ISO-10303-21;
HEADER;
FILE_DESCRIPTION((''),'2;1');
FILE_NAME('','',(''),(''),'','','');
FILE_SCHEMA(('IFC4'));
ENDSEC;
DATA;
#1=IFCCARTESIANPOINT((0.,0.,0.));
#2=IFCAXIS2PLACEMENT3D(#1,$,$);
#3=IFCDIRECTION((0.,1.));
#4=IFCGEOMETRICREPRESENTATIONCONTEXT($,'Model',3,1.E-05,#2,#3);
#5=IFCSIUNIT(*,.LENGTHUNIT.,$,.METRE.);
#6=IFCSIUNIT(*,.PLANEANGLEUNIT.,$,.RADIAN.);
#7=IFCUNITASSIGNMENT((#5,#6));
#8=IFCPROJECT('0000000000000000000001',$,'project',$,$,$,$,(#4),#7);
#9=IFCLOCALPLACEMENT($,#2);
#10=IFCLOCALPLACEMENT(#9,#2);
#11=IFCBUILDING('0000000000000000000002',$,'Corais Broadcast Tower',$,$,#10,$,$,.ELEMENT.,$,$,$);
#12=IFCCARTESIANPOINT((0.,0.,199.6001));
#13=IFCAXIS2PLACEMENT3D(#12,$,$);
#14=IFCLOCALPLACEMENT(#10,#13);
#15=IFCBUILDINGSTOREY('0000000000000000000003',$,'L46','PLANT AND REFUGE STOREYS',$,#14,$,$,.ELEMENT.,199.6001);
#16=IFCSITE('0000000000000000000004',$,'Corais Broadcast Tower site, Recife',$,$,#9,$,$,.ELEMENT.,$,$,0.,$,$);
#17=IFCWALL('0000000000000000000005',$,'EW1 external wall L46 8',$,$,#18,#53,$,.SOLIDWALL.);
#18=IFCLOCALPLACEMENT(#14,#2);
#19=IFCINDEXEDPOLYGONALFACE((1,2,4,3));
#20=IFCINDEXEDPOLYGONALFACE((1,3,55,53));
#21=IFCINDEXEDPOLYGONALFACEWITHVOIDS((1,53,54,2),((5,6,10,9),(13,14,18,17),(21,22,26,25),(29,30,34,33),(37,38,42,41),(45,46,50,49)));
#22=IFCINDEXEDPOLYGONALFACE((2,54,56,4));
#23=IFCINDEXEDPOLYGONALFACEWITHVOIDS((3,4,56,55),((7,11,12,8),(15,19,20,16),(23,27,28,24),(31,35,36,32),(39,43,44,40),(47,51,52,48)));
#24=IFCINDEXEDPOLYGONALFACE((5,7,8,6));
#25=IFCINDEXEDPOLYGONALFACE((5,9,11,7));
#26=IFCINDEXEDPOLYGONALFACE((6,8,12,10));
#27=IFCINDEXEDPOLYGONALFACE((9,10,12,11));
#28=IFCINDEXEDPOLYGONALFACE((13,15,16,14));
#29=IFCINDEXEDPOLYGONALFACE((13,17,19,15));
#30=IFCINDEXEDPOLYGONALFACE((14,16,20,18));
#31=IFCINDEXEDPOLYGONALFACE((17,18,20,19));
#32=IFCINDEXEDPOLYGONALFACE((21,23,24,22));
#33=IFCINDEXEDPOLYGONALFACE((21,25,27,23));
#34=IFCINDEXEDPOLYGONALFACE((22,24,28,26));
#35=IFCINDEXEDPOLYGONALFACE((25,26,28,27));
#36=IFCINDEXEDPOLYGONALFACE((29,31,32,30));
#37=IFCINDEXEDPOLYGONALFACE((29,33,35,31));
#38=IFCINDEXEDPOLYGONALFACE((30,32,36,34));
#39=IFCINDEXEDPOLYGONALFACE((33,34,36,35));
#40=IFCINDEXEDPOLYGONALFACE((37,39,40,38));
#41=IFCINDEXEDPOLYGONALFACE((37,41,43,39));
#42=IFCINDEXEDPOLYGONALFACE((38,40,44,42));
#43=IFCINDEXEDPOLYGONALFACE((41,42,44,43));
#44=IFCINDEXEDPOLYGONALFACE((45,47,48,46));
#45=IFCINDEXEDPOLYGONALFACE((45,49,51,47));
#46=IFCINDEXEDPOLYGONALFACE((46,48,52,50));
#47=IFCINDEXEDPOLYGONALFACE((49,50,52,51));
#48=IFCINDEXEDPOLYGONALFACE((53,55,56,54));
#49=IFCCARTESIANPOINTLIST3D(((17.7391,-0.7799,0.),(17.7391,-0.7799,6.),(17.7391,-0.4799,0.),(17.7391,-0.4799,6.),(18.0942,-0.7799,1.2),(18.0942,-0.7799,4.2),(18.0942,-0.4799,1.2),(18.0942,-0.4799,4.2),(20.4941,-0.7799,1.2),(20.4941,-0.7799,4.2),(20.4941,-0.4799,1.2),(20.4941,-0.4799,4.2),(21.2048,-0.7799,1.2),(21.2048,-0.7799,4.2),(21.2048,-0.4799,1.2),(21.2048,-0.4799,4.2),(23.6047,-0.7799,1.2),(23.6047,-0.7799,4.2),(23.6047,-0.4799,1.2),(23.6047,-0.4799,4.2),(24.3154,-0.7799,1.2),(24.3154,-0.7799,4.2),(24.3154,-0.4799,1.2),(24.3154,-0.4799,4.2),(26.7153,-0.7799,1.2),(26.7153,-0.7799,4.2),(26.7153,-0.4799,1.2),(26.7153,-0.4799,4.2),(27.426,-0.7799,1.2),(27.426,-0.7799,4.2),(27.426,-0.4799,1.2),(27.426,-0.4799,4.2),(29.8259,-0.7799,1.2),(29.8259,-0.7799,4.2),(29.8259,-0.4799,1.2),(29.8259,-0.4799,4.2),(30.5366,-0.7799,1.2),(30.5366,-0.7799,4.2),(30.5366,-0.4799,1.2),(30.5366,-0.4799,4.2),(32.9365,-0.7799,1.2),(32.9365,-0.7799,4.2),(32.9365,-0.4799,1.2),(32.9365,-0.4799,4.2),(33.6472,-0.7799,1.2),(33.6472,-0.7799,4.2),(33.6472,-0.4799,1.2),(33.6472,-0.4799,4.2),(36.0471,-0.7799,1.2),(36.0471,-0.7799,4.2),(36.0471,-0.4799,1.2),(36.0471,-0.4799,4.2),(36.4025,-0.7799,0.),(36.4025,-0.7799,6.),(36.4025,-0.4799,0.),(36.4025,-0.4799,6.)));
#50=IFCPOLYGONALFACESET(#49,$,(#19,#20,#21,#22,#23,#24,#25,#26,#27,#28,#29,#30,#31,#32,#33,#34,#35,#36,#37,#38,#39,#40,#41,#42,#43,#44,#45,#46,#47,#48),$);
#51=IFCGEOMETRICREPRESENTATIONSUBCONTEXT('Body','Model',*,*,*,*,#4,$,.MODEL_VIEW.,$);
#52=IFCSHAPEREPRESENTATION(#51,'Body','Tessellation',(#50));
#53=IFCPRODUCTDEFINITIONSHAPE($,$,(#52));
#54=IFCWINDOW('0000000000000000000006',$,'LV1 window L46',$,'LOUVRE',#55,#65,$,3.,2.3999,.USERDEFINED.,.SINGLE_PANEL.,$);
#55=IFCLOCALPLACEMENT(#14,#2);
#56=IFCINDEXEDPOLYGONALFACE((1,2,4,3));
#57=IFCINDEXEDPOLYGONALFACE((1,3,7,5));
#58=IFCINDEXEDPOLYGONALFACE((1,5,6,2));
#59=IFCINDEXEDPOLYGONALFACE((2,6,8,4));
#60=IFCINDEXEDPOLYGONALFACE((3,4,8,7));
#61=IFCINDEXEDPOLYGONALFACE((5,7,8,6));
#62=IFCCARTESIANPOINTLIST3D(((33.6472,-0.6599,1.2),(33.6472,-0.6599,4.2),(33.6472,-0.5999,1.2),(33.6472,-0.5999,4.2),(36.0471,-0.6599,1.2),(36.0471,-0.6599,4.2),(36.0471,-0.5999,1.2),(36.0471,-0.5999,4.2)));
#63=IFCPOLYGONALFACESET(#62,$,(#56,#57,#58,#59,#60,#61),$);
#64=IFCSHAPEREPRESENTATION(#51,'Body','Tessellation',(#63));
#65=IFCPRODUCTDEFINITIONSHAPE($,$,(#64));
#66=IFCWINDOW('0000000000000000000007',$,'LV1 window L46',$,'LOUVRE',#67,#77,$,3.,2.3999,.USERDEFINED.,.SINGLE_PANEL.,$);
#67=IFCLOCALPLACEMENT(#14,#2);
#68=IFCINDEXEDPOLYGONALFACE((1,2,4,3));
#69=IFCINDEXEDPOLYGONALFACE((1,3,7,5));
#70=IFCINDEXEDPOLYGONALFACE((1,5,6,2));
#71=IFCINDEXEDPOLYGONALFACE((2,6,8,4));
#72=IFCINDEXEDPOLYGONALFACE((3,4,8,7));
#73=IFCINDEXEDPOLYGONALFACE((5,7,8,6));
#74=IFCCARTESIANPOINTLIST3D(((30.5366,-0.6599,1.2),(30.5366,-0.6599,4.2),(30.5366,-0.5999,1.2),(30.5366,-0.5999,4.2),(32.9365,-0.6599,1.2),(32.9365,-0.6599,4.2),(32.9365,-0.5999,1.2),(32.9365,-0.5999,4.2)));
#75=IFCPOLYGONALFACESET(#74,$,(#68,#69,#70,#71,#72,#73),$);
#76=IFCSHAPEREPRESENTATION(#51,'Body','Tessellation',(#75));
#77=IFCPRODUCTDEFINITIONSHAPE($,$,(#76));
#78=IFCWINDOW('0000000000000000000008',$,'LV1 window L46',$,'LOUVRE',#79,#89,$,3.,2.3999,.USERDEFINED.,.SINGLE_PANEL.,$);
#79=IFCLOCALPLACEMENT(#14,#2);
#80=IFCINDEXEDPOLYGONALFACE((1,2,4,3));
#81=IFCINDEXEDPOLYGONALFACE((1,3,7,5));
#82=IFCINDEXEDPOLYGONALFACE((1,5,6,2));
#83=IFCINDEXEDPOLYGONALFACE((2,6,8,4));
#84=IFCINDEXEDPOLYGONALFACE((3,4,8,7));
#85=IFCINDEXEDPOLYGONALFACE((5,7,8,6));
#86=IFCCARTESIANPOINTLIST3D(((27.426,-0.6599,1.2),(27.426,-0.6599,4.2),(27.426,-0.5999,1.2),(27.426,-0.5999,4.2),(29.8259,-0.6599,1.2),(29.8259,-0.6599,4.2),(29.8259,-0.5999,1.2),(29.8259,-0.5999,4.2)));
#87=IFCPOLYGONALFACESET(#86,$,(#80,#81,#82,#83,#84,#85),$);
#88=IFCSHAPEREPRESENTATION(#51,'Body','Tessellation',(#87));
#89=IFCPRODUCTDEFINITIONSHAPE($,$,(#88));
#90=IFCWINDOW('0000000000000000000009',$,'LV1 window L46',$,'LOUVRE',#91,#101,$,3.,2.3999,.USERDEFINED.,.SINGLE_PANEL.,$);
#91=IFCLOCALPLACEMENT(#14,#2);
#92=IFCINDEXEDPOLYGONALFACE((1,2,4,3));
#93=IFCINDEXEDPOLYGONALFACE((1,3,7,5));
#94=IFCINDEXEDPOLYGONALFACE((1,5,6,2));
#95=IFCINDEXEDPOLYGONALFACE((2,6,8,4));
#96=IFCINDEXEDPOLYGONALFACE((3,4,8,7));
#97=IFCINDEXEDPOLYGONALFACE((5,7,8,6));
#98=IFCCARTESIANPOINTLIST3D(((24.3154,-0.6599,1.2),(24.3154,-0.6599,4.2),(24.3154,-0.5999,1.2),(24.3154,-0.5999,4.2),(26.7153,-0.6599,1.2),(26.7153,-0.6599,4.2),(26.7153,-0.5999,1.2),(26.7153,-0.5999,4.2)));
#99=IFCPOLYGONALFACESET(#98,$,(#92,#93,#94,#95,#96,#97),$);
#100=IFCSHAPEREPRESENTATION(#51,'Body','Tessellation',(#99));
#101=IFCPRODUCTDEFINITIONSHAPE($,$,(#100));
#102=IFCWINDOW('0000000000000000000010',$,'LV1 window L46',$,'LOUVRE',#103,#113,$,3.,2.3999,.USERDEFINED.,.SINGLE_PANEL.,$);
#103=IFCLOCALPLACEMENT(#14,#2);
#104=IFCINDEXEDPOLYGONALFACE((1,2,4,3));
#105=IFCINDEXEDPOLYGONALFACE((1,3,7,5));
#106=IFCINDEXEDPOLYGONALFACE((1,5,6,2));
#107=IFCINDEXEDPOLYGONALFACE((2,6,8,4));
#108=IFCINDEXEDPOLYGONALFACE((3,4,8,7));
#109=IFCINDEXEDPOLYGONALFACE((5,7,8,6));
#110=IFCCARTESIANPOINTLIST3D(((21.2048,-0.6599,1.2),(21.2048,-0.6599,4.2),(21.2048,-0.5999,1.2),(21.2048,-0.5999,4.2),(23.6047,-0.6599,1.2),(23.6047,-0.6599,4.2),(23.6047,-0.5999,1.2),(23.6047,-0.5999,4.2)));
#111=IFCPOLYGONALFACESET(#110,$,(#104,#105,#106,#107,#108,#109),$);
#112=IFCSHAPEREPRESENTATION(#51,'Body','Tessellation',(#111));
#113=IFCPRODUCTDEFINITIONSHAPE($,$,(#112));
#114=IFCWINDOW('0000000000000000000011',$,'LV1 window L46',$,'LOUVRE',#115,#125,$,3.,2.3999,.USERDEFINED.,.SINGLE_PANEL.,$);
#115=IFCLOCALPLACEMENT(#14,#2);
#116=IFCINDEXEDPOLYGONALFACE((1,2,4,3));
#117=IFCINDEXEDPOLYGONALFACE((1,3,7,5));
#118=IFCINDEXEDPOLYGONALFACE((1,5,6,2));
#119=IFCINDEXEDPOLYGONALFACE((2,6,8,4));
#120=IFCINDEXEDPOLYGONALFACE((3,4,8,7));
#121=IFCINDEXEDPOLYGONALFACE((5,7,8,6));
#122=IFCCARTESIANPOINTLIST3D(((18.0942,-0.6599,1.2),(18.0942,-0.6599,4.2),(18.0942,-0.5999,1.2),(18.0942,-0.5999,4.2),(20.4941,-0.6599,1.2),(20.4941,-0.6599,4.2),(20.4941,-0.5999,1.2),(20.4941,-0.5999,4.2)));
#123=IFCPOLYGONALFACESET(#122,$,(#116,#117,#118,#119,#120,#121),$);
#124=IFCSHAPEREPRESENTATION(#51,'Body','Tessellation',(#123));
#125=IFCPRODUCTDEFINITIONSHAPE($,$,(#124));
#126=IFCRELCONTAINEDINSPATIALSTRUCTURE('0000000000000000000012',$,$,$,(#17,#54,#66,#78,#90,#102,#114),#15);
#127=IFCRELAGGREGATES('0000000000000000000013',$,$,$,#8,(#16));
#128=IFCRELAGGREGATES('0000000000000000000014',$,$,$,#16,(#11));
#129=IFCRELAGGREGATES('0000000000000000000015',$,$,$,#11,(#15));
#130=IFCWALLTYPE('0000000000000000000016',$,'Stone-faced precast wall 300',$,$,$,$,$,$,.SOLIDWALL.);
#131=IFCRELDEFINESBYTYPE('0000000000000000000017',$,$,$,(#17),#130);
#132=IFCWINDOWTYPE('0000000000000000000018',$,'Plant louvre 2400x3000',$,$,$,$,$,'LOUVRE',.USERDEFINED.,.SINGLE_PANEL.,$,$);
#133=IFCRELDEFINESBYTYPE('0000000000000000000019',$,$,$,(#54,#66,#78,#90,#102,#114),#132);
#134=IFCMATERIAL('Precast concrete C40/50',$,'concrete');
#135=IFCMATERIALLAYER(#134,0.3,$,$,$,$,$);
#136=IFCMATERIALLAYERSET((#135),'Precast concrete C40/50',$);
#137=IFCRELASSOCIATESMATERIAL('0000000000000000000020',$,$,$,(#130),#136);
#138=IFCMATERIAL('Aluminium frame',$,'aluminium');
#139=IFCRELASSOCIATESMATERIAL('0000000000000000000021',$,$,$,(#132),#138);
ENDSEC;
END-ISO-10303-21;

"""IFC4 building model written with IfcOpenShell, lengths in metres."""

from ifc_helpers import new_model, si_unit, direction, frame, frame_2d, origin, place, context, subcontext, project, spatial, rectangle, extrude, material, layer, layer_set, type_object, element, fill, save


model = new_model("IFC4")

# Units and contexts
model_context = context("Model", 3, precision=1e-05, world=origin(), true_north=direction((0.0, 1.0)))
body_context = subcontext(model_context, "Body", "Model", "MODEL_VIEW")
ifc_project = project(units=[si_unit("LENGTHUNIT", "METRE"), si_unit("PLANEANGLEUNIT", "RADIAN")], contexts=[model_context])

# Site, building, storey
site_placement = place(None, origin())
site = spatial("IfcSite", under=ifc_project, at=site_placement, Name="Corais Broadcast Tower site, Recife", CompositionType="ELEMENT", RefElevation=0.0)
building_placement = place(site_placement, origin())
building = spatial("IfcBuilding", under=site, at=building_placement, Name="Corais Broadcast Tower", CompositionType="ELEMENT")
storey_placement = place(building_placement, frame((0.0, 0.0, 199.6001)))
storey = spatial("IfcBuildingStorey", under=building, at=storey_placement, Name="L46", Description="PLANT AND REFUGE STOREYS", CompositionType="ELEMENT", Elevation=199.6001)

# Wall, openings, windows
ifc_material_1 = material(Name="Precast concrete C40/50", Category="concrete")
ifc_layer_1 = layer(ifc_material_1, 0.3)
ifc_layer_set_1 = layer_set([ifc_layer_1], Name="Precast concrete C40/50")
wall_type_1 = type_object("IfcWallType", Name="Stone-faced precast wall 300", PredefinedType="SOLIDWALL", material=ifc_layer_set_1)
wall_1_placement = place(storey_placement, frame((36.4023, -0.6299, 0.0), z_axis=(0.0, 0.0, 1.0), x_axis=(-1.0, 0.0, 0.0)))
wall_1 = element("IfcWall", 1, at=wall_1_placement, inside=storey, type_object=wall_type_1, Name="EW1 external wall L46 8", PredefinedType="SOLIDWALL", context=body_context, shape_type="SweptSolid", body=[
    extrude(rectangle(XDim=18.6633, YDim=0.3, at=frame_2d((9.3315, 0.0))), origin(), (0.0, 0.0, 1.0), 6.0),
])
opening_1_placement = place(wall_1_placement, frame((0.3552, 0.0, 1.2)))
opening_1 = element("IfcOpeningElement", 2, at=opening_1_placement, cuts=wall_1, PredefinedType="OPENING", context=body_context, shape_type="SweptSolid", body=[
    extrude(rectangle(XDim=2.3999, YDim=3.0, at=frame_2d((1.2, 1.5))), frame((0.0, 0.1599, 0.0), z_axis=(0.0, -1.0, 0.0), x_axis=(1.0, 0.0, 0.0)), (0.0, 0.0, 1.0), 0.3201),
])
opening_2_placement = place(wall_1_placement, frame((3.4658, 0.0, 1.2)))
opening_2 = element("IfcOpeningElement", 3, at=opening_2_placement, cuts=wall_1, PredefinedType="OPENING", context=body_context, shape_type="SweptSolid", body=[
    extrude(rectangle(XDim=2.3999, YDim=3.0, at=frame_2d((1.2, 1.5))), frame((0.0, 0.1599, 0.0), z_axis=(0.0, -1.0, 0.0), x_axis=(1.0, 0.0, 0.0)), (0.0, 0.0, 1.0), 0.3201),
])
opening_3_placement = place(wall_1_placement, frame((6.5764, 0.0, 1.2)))
opening_3 = element("IfcOpeningElement", 4, at=opening_3_placement, cuts=wall_1, PredefinedType="OPENING", context=body_context, shape_type="SweptSolid", body=[
    extrude(rectangle(XDim=2.3999, YDim=3.0, at=frame_2d((1.2, 1.5))), frame((0.0, 0.1599, 0.0), z_axis=(0.0, -1.0, 0.0), x_axis=(1.0, 0.0, 0.0)), (0.0, 0.0, 1.0), 0.3201),
])
opening_4_placement = place(wall_1_placement, frame((9.687, 0.0, 1.2)))
opening_4 = element("IfcOpeningElement", 5, at=opening_4_placement, cuts=wall_1, PredefinedType="OPENING", context=body_context, shape_type="SweptSolid", body=[
    extrude(rectangle(XDim=2.3999, YDim=3.0, at=frame_2d((1.2, 1.5))), frame((0.0, 0.1599, 0.0), z_axis=(0.0, -1.0, 0.0), x_axis=(1.0, 0.0, 0.0)), (0.0, 0.0, 1.0), 0.3201),
])
opening_5_placement = place(wall_1_placement, frame((12.7976, 0.0, 1.2)))
opening_5 = element("IfcOpeningElement", 6, at=opening_5_placement, cuts=wall_1, PredefinedType="OPENING", context=body_context, shape_type="SweptSolid", body=[
    extrude(rectangle(XDim=2.3999, YDim=3.0, at=frame_2d((1.2, 1.5))), frame((0.0, 0.1599, 0.0), z_axis=(0.0, -1.0, 0.0), x_axis=(1.0, 0.0, 0.0)), (0.0, 0.0, 1.0), 0.3201),
])
opening_6_placement = place(wall_1_placement, frame((15.9082, 0.0, 1.2)))
opening_6 = element("IfcOpeningElement", 7, at=opening_6_placement, cuts=wall_1, PredefinedType="OPENING", context=body_context, shape_type="SweptSolid", body=[
    extrude(rectangle(XDim=2.3999, YDim=3.0, at=frame_2d((1.2, 1.5))), frame((0.0, 0.1599, 0.0), z_axis=(0.0, -1.0, 0.0), x_axis=(1.0, 0.0, 0.0)), (0.0, 0.0, 1.0), 0.3201),
])
ifc_material_2 = material(Name="Aluminium frame", Category="aluminium")
window_type = type_object("IfcWindowType", Name="Plant louvre 2400x3000", ElementType="LOUVRE", PartitioningType="SINGLE_PANEL", PredefinedType="USERDEFINED", material=ifc_material_2)
window_1_placement = place(opening_1_placement, origin())
window_1 = element("IfcWindow", 8, at=window_1_placement, inside=storey, type_object=window_type, Name="LV1 window L46", ObjectType="LOUVRE", OverallHeight=3.0, OverallWidth=2.3999, PartitioningType="SINGLE_PANEL", PredefinedType="USERDEFINED", context=body_context, shape_type="SweptSolid", body=[
    extrude(rectangle(XDim=2.3999, YDim=3.0, at=frame_2d((1.2, 1.5))), frame((0.0, 0.03, 0.0), z_axis=(0.0, -1.0, 0.0), x_axis=(1.0, 0.0, 0.0)), (0.0, 0.0, 1.0), 0.0601),
])
fill(opening_1, window_1)
window_2_placement = place(opening_2_placement, origin())
window_2 = element("IfcWindow", 9, at=window_2_placement, inside=storey, type_object=window_type, Name="LV1 window L46", ObjectType="LOUVRE", OverallHeight=3.0, OverallWidth=2.3999, PartitioningType="SINGLE_PANEL", PredefinedType="USERDEFINED", context=body_context, shape_type="SweptSolid", body=[
    extrude(rectangle(XDim=2.3999, YDim=3.0, at=frame_2d((1.2, 1.5))), frame((0.0, 0.03, 0.0), z_axis=(0.0, -1.0, 0.0), x_axis=(1.0, 0.0, 0.0)), (0.0, 0.0, 1.0), 0.0601),
])
fill(opening_2, window_2)
window_3_placement = place(opening_3_placement, origin())
window_3 = element("IfcWindow", 10, at=window_3_placement, inside=storey, type_object=window_type, Name="LV1 window L46", ObjectType="LOUVRE", OverallHeight=3.0, OverallWidth=2.3999, PartitioningType="SINGLE_PANEL", PredefinedType="USERDEFINED", context=body_context, shape_type="SweptSolid", body=[
    extrude(rectangle(XDim=2.3999, YDim=3.0, at=frame_2d((1.2, 1.5))), frame((0.0, 0.03, 0.0), z_axis=(0.0, -1.0, 0.0), x_axis=(1.0, 0.0, 0.0)), (0.0, 0.0, 1.0), 0.0601),
])
fill(opening_3, window_3)
window_4_placement = place(opening_4_placement, origin())
window_4 = element("IfcWindow", 11, at=window_4_placement, inside=storey, type_object=window_type, Name="LV1 window L46", ObjectType="LOUVRE", OverallHeight=3.0, OverallWidth=2.3999, PartitioningType="SINGLE_PANEL", PredefinedType="USERDEFINED", context=body_context, shape_type="SweptSolid", body=[
    extrude(rectangle(XDim=2.3999, YDim=3.0, at=frame_2d((1.2, 1.5))), frame((0.0, 0.03, 0.0), z_axis=(0.0, -1.0, 0.0), x_axis=(1.0, 0.0, 0.0)), (0.0, 0.0, 1.0), 0.0601),
])
fill(opening_4, window_4)
window_5_placement = place(opening_5_placement, origin())
window_5 = element("IfcWindow", 12, at=window_5_placement, inside=storey, type_object=window_type, Name="LV1 window L46", ObjectType="LOUVRE", OverallHeight=3.0, OverallWidth=2.3999, PartitioningType="SINGLE_PANEL", PredefinedType="USERDEFINED", context=body_context, shape_type="SweptSolid", body=[
    extrude(rectangle(XDim=2.3999, YDim=3.0, at=frame_2d((1.2, 1.5))), frame((0.0, 0.03, 0.0), z_axis=(0.0, -1.0, 0.0), x_axis=(1.0, 0.0, 0.0)), (0.0, 0.0, 1.0), 0.0601),
])
fill(opening_5, window_5)
window_6_placement = place(opening_6_placement, origin())
window_6 = element("IfcWindow", 13, at=window_6_placement, inside=storey, type_object=window_type, Name="LV1 window L46", ObjectType="LOUVRE", OverallHeight=3.0, OverallWidth=2.3999, PartitioningType="SINGLE_PANEL", PredefinedType="USERDEFINED", context=body_context, shape_type="SweptSolid", body=[
    extrude(rectangle(XDim=2.3999, YDim=3.0, at=frame_2d((1.2, 1.5))), frame((0.0, 0.03, 0.0), z_axis=(0.0, -1.0, 0.0), x_axis=(1.0, 0.0, 0.0)), (0.0, 0.0, 1.0), 0.0601),
])
fill(opening_6, window_6)

save(model, "model.ifc")
